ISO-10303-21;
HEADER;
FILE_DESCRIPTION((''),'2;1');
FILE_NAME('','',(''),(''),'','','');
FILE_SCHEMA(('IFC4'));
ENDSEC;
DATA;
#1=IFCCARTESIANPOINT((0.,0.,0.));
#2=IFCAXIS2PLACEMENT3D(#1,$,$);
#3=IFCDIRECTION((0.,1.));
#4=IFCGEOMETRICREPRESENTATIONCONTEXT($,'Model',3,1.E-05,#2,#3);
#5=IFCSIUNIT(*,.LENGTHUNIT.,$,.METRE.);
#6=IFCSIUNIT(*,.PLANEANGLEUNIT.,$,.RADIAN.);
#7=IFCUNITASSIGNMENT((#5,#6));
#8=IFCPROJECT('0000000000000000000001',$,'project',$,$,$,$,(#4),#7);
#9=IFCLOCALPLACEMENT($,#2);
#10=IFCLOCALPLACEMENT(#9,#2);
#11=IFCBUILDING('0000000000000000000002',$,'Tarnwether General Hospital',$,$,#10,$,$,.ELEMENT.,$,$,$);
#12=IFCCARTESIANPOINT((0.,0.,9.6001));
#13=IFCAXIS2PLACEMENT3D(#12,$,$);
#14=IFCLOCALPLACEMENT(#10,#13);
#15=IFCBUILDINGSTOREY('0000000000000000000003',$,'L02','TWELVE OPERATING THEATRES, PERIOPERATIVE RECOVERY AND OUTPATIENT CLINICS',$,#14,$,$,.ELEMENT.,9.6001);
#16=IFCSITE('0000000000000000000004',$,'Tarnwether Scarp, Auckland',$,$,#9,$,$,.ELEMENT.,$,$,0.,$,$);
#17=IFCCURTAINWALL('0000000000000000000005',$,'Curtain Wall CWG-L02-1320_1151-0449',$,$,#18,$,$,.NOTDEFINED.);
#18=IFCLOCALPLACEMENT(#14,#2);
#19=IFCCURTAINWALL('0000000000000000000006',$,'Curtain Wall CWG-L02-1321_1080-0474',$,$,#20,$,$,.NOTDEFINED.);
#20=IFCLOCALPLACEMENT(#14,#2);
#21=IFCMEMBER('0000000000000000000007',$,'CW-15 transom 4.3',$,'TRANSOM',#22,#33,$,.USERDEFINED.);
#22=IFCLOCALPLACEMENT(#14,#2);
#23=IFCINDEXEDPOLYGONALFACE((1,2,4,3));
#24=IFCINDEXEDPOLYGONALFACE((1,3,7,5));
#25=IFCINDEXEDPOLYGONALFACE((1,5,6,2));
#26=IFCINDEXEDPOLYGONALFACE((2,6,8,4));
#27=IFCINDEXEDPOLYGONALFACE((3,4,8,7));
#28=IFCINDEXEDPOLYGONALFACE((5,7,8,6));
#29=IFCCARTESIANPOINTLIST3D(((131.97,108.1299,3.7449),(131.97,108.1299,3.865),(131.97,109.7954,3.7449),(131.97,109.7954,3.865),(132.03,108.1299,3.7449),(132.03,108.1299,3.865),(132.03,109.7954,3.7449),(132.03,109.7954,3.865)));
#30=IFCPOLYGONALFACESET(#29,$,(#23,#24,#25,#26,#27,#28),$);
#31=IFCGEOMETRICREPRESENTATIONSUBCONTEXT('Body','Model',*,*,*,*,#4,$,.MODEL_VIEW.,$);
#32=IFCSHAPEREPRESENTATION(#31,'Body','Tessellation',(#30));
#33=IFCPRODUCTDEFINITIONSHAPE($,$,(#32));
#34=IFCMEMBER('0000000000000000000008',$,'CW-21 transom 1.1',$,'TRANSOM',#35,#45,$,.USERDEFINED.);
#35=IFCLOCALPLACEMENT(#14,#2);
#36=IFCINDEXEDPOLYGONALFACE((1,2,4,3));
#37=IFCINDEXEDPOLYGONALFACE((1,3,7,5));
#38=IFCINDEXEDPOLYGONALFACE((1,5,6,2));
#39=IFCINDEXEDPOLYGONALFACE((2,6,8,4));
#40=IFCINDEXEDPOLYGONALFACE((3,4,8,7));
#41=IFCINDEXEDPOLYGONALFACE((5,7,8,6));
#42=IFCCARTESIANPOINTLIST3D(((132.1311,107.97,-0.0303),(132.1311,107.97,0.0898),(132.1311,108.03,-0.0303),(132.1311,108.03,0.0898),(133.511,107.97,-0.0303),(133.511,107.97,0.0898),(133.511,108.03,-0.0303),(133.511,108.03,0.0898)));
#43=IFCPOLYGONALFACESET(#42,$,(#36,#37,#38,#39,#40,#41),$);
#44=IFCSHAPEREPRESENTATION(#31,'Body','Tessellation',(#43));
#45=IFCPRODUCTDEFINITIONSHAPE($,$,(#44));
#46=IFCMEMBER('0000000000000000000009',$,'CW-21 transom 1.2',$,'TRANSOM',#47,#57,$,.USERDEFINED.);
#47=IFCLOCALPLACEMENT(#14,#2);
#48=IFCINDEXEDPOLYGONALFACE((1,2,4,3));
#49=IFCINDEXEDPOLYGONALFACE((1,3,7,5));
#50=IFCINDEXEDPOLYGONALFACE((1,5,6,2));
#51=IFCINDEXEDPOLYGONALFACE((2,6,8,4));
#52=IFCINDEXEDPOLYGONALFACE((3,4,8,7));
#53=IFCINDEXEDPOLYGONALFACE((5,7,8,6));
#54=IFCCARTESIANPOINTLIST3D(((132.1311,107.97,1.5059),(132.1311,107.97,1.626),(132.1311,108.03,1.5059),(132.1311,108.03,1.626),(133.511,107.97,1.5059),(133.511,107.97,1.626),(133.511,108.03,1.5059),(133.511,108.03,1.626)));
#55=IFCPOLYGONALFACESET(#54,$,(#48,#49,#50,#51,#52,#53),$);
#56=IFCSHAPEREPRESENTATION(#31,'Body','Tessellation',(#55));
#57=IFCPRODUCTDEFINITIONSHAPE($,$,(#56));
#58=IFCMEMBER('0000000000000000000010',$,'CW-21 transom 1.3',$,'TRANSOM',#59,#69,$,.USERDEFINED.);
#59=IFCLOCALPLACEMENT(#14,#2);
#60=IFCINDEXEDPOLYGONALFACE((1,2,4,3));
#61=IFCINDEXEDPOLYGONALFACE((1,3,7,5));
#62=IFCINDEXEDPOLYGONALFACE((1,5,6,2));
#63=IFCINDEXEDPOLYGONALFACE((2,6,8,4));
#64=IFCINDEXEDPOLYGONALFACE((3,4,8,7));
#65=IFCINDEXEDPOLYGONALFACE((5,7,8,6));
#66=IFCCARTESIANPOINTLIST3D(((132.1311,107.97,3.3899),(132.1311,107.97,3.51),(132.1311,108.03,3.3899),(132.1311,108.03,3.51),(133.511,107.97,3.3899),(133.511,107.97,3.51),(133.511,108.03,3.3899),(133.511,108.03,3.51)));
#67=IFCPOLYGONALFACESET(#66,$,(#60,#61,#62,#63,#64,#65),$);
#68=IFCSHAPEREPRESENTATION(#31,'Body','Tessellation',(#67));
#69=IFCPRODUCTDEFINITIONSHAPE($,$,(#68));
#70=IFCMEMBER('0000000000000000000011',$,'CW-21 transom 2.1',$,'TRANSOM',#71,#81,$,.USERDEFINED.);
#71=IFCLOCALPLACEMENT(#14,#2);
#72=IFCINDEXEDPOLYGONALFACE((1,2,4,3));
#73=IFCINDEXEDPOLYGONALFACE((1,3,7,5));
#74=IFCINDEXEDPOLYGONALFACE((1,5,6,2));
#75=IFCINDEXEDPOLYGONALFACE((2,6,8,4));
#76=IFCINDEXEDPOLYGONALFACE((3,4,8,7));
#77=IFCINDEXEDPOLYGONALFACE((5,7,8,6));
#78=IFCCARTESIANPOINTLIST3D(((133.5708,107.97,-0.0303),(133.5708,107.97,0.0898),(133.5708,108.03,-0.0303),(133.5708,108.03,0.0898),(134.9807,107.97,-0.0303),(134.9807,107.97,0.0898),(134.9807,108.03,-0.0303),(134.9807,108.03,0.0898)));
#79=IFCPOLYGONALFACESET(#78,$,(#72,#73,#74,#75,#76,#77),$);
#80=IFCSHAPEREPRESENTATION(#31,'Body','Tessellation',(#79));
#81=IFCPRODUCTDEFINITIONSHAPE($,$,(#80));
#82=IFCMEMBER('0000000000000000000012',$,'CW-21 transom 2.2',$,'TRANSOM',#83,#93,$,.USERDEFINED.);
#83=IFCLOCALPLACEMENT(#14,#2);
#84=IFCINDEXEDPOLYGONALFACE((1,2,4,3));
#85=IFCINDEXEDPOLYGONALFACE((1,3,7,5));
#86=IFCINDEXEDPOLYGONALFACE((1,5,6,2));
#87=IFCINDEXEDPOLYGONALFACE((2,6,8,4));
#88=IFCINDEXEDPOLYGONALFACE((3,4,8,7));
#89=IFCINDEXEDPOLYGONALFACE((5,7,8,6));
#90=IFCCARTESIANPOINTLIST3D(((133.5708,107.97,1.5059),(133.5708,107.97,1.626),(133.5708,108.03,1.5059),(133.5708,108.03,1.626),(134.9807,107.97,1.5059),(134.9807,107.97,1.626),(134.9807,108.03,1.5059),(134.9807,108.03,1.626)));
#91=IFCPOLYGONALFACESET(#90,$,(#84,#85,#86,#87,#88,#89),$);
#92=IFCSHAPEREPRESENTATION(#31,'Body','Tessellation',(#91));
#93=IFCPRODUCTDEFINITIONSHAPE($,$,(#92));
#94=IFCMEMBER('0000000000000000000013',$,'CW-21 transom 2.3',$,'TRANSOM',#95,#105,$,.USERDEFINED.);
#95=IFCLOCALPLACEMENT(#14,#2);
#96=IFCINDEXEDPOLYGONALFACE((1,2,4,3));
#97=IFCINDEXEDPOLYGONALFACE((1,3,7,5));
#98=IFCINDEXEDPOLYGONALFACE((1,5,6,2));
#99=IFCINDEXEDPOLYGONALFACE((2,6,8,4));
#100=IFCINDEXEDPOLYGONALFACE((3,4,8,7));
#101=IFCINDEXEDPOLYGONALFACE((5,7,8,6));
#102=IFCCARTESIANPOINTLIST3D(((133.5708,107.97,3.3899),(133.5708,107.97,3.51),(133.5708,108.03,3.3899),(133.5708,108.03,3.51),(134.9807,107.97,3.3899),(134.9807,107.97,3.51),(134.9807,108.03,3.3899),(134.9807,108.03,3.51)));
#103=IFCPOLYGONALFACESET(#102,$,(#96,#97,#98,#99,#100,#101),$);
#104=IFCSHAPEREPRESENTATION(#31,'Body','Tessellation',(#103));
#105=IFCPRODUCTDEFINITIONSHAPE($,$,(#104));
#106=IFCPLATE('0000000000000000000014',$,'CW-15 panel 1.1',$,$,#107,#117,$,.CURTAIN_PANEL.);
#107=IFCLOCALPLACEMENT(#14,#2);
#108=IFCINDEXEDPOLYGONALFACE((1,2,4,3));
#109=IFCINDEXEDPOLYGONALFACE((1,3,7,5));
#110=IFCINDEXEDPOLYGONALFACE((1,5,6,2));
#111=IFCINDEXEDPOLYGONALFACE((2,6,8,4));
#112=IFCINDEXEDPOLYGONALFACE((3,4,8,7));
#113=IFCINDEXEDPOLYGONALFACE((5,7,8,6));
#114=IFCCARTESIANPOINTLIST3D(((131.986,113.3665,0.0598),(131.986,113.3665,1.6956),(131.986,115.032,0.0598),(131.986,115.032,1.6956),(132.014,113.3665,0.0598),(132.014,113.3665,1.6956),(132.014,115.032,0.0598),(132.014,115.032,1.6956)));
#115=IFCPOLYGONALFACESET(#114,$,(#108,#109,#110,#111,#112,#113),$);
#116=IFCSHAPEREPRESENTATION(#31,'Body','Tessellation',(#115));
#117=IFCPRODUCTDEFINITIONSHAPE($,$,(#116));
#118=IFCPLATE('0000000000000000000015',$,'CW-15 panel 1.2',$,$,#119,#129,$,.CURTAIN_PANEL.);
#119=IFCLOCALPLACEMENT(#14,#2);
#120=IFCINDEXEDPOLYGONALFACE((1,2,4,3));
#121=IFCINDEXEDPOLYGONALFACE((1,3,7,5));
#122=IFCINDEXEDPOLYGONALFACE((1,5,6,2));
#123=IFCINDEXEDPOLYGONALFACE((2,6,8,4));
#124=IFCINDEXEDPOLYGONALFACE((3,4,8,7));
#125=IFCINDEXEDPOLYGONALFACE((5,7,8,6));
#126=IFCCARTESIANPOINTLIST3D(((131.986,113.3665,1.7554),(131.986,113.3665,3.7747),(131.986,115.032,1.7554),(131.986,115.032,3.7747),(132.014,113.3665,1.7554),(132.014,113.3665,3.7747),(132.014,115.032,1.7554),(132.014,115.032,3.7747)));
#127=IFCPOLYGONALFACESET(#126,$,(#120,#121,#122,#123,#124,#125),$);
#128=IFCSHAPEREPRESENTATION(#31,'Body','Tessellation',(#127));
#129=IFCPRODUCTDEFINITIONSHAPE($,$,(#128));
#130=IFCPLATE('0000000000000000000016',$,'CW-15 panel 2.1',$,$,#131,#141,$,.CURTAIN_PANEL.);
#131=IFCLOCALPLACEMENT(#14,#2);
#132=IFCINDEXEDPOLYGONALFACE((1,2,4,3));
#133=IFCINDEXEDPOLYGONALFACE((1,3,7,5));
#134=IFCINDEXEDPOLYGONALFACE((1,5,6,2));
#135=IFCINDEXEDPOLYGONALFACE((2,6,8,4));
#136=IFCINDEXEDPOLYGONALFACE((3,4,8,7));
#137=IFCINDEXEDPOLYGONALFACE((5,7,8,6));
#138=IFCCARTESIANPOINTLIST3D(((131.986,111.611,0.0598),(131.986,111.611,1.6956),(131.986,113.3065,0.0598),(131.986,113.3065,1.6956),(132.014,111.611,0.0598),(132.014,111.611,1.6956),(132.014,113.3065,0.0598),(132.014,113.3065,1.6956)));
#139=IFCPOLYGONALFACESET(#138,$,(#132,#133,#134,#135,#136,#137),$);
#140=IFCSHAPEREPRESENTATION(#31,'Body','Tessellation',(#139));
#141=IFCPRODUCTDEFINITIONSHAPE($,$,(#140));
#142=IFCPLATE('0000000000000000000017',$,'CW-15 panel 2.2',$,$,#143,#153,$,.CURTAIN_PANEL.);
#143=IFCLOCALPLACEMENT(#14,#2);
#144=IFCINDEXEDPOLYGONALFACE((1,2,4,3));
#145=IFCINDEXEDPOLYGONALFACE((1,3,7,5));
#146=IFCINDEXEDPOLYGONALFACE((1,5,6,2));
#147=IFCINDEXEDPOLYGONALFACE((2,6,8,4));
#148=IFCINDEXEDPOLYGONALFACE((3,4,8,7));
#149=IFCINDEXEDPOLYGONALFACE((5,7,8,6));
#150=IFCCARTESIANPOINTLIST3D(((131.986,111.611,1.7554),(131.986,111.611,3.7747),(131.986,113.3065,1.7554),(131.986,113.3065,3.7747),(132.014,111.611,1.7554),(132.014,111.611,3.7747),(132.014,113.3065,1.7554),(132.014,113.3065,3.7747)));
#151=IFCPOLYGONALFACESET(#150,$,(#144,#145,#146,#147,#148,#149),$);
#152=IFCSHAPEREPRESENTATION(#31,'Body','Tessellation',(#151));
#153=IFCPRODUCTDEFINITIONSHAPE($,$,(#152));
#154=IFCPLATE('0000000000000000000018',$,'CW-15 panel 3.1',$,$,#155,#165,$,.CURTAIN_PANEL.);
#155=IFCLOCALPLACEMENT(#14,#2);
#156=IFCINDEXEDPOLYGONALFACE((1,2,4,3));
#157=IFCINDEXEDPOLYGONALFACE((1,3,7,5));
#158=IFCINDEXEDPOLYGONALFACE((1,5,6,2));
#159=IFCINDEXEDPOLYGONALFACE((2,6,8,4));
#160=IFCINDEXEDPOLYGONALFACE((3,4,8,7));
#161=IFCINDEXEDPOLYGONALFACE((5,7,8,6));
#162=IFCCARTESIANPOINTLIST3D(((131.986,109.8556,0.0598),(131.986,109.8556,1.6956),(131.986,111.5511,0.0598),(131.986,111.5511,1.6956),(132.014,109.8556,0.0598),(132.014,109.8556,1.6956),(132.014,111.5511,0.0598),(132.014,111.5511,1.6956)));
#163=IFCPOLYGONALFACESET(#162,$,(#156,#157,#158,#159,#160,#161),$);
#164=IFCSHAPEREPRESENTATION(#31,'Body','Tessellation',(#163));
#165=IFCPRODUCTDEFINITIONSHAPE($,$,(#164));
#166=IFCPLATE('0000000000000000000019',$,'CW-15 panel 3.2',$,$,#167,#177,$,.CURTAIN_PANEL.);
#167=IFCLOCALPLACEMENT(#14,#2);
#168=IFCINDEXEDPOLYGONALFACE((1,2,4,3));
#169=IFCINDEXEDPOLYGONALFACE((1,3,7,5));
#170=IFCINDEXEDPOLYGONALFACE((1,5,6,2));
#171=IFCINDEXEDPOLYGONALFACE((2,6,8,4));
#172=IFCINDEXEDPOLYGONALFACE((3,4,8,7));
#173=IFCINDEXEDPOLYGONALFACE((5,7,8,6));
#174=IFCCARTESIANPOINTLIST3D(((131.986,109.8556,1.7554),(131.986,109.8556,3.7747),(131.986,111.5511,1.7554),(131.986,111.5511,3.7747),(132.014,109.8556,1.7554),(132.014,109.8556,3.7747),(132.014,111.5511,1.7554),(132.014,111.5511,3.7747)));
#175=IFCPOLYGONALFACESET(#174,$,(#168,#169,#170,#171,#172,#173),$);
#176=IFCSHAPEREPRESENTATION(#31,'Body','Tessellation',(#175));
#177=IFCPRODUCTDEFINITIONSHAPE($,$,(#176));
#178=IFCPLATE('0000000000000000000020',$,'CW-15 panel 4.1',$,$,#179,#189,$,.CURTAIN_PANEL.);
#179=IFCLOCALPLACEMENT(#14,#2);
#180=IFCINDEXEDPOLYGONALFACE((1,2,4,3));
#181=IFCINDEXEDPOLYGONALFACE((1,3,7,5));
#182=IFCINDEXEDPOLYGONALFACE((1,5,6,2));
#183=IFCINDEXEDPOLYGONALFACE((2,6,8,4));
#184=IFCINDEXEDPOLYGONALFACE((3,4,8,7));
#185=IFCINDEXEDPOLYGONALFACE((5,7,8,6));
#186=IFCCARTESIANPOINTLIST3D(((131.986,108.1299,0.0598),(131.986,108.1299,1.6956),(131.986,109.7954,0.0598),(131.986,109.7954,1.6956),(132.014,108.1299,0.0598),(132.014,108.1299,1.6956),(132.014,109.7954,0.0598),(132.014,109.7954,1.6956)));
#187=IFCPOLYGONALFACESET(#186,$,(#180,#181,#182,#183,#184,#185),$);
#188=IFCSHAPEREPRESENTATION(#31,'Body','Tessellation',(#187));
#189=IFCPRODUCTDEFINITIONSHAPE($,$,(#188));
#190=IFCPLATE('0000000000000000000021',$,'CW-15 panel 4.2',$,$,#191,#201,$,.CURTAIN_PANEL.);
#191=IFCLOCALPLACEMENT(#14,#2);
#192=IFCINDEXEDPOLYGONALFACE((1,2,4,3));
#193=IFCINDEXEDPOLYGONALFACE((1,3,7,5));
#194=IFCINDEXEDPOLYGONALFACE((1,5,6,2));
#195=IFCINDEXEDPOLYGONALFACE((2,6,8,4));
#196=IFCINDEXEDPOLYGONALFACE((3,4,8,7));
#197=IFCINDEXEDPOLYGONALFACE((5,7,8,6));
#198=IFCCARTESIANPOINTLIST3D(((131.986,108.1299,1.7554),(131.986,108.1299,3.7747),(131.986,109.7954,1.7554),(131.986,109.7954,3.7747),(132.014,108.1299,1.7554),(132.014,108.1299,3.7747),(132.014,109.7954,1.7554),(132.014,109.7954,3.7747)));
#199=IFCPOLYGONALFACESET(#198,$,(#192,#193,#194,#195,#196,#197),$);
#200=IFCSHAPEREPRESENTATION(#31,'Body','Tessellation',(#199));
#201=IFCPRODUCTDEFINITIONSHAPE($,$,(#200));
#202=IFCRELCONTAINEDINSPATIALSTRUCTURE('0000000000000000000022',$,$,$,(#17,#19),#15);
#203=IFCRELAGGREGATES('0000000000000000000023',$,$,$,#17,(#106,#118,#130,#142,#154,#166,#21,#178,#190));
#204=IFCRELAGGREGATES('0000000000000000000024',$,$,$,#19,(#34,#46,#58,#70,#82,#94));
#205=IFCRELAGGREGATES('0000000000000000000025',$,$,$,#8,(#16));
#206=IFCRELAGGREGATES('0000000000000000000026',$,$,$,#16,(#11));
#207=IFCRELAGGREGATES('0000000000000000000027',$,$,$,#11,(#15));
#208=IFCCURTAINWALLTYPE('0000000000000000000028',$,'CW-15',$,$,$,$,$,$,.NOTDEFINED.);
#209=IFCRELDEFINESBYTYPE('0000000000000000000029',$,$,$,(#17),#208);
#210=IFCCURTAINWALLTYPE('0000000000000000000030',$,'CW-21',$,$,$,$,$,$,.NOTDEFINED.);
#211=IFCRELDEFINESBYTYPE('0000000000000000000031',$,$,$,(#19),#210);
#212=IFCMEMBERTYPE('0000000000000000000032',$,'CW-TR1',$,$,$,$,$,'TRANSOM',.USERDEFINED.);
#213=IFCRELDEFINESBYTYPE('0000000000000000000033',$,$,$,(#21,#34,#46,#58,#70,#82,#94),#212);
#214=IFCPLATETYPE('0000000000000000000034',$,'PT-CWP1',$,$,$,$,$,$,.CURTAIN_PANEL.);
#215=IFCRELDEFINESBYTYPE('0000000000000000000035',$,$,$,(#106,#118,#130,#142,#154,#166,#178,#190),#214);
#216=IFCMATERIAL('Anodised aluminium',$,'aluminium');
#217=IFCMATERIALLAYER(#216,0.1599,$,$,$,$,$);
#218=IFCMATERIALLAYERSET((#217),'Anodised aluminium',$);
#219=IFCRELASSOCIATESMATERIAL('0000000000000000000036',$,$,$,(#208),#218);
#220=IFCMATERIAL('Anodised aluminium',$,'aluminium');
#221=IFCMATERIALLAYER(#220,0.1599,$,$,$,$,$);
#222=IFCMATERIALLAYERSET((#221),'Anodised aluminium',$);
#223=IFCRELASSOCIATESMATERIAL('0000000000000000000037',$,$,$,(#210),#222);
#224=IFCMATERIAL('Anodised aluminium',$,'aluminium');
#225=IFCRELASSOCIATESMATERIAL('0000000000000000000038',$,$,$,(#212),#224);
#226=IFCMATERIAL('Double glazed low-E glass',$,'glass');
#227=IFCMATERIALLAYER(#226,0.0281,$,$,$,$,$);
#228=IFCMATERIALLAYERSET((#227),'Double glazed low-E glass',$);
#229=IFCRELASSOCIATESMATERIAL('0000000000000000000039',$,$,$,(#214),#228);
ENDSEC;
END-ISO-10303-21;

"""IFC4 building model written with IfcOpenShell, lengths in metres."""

from ifc_helpers import new_model, si_unit, direction, frame, origin, origin_2d, place, context, subcontext, project, spatial, rectangle, extrude, material, layer, layer_set, material_profile, profile_set, type_object, element, aggregate, save


model = new_model("IFC4")

# Units and contexts
model_context = context("Model", 3, precision=1e-05, world=origin(), true_north=direction((0.0, 1.0)))
body_context = subcontext(model_context, "Body", "Model", "MODEL_VIEW")
ifc_project = project(units=[si_unit("LENGTHUNIT", "METRE"), si_unit("PLANEANGLEUNIT", "RADIAN")], contexts=[model_context])

# Site, building, storey
site_placement = place(None, origin())
site = spatial("IfcSite", under=ifc_project, at=site_placement, Name="Tarnwether Scarp, Auckland", CompositionType="ELEMENT", RefElevation=0.0)
building_placement = place(site_placement, origin())
building = spatial("IfcBuilding", under=site, at=building_placement, Name="Tarnwether General Hospital", CompositionType="ELEMENT")
storey_placement = place(building_placement, frame((0.0, 0.0, 9.6001)))
storey = spatial("IfcBuildingStorey", under=building, at=storey_placement, Name="L02", Description="TWELVE OPERATING THEATRES, PERIOPERATIVE RECOVERY AND OUTPATIENT CLINICS", CompositionType="ELEMENT", Elevation=9.6001)

# Curtain walls
ifc_material_1 = material(Name="Anodised aluminium", Category="aluminium")
ifc_layer_1 = layer(ifc_material_1, 0.1599)
ifc_layer_set_1 = layer_set([ifc_layer_1], Name="Anodised aluminium")
curtain_wall_type_1 = type_object("IfcCurtainWallType", Name="CW-15", PredefinedType="NOTDEFINED", material=ifc_layer_set_1)
curtain_wall_1_placement = place(storey_placement, origin())
curtain_wall_1 = element("IfcCurtainWall", 1, at=curtain_wall_1_placement, inside=storey, type_object=curtain_wall_type_1, Name="Curtain Wall CWG-L02-1320_1151-0449", PredefinedType="NOTDEFINED")
ifc_material_2 = material(Name="Anodised aluminium", Category="aluminium")
ifc_layer_2 = layer(ifc_material_2, 0.1599)
ifc_layer_set_2 = layer_set([ifc_layer_2], Name="Anodised aluminium")
curtain_wall_type_2 = type_object("IfcCurtainWallType", Name="CW-21", PredefinedType="NOTDEFINED", material=ifc_layer_set_2)
curtain_wall_2_placement = place(storey_placement, origin())
curtain_wall_2 = element("IfcCurtainWall", 2, at=curtain_wall_2_placement, inside=storey, type_object=curtain_wall_type_2, Name="Curtain Wall CWG-L02-1321_1080-0474", PredefinedType="NOTDEFINED")

# Members
ifc_material_3 = material(Name="Anodised aluminium", Category="aluminium")
ifc_material_profile_1 = material_profile(ifc_material_3, rectangle(XDim=0.0601, YDim=0.1201, at=origin_2d()), Name="ALU-TRN-60x120")
ifc_profile_set_1 = profile_set([ifc_material_profile_1], Name="Anodised aluminium")
member_type_1 = type_object("IfcMemberType", Name="CW-TR1", ElementType="TRANSOM", PredefinedType="USERDEFINED", material=ifc_profile_set_1)
member_1_placement = place(storey_placement, frame((132.0, 109.7954, 3.8049), z_axis=(0.0, -1.0, 0.0), x_axis=(1.0, 0.0, 0.0)))
member_1 = element("IfcMember", 3, at=member_1_placement, type_object=member_type_1, Name="CW-15 transom 4.3", ObjectType="TRANSOM", PredefinedType="USERDEFINED", context=body_context, shape_type="SweptSolid", body=[
    extrude(rectangle(XDim=0.0601, YDim=0.1201, at=origin_2d()), origin(), (0.0, 0.0, 1.0), 1.6655),
])
member_2_placement = place(storey_placement, frame((132.1311, 108.0, 0.0298), z_axis=(1.0, 0.0, 0.0), x_axis=(0.0, 1.0, 0.0)))
member_2 = element("IfcMember", 4, at=member_2_placement, type_object=member_type_1, Name="CW-21 transom 1.1", ObjectType="TRANSOM", PredefinedType="USERDEFINED", context=body_context, shape_type="SweptSolid", body=[
    extrude(rectangle(XDim=0.0601, YDim=0.1201, at=origin_2d()), origin(), (0.0, 0.0, 1.0), 1.3799),
])
member_3_placement = place(storey_placement, frame((132.1311, 108.0, 1.5659), z_axis=(1.0, 0.0, 0.0), x_axis=(0.0, 1.0, 0.0)))
member_3 = element("IfcMember", 5, at=member_3_placement, type_object=member_type_1, Name="CW-21 transom 1.2", ObjectType="TRANSOM", PredefinedType="USERDEFINED", context=body_context, shape_type="SweptSolid", body=[
    extrude(rectangle(XDim=0.0601, YDim=0.1201, at=origin_2d()), origin(), (0.0, 0.0, 1.0), 1.3799),
])
member_4_placement = place(storey_placement, frame((132.1311, 108.0, 3.45), z_axis=(1.0, 0.0, 0.0), x_axis=(0.0, 1.0, 0.0)))
member_4 = element("IfcMember", 6, at=member_4_placement, type_object=member_type_1, Name="CW-21 transom 1.3", ObjectType="TRANSOM", PredefinedType="USERDEFINED", context=body_context, shape_type="SweptSolid", body=[
    extrude(rectangle(XDim=0.0601, YDim=0.1201, at=origin_2d()), origin(), (0.0, 0.0, 1.0), 1.3799),
])
member_5_placement = place(storey_placement, frame((133.5708, 108.0, 0.0298), z_axis=(1.0, 0.0, 0.0), x_axis=(0.0, 1.0, 0.0)))
member_5 = element("IfcMember", 7, at=member_5_placement, type_object=member_type_1, Name="CW-21 transom 2.1", ObjectType="TRANSOM", PredefinedType="USERDEFINED", context=body_context, shape_type="SweptSolid", body=[
    extrude(rectangle(XDim=0.0601, YDim=0.1201, at=origin_2d()), origin(), (0.0, 0.0, 1.0), 1.4099),
])
member_6_placement = place(storey_placement, frame((133.5708, 108.0, 1.5659), z_axis=(1.0, 0.0, 0.0), x_axis=(0.0, 1.0, 0.0)))
member_6 = element("IfcMember", 8, at=member_6_placement, type_object=member_type_1, Name="CW-21 transom 2.2", ObjectType="TRANSOM", PredefinedType="USERDEFINED", context=body_context, shape_type="SweptSolid", body=[
    extrude(rectangle(XDim=0.0601, YDim=0.1201, at=origin_2d()), origin(), (0.0, 0.0, 1.0), 1.4099),
])
member_7_placement = place(storey_placement, frame((133.5708, 108.0, 3.45), z_axis=(1.0, 0.0, 0.0), x_axis=(0.0, 1.0, 0.0)))
member_7 = element("IfcMember", 9, at=member_7_placement, type_object=member_type_1, Name="CW-21 transom 2.3", ObjectType="TRANSOM", PredefinedType="USERDEFINED", context=body_context, shape_type="SweptSolid", body=[
    extrude(rectangle(XDim=0.0601, YDim=0.1201, at=origin_2d()), origin(), (0.0, 0.0, 1.0), 1.4099),
])

# Plates
ifc_material_4 = material(Name="Double glazed low-E glass", Category="glass")
ifc_layer_3 = layer(ifc_material_4, 0.0281)
ifc_layer_set_3 = layer_set([ifc_layer_3], Name="Double glazed low-E glass")
plate_type = type_object("IfcPlateType", Name="PT-CWP1", PredefinedType="CURTAIN_PANEL", material=ifc_layer_set_3)
plate_1_placement = place(storey_placement, frame((132.0, 114.1992, 0.0598), z_axis=(0.0, 0.0, 1.0), x_axis=(0.0, -1.0, 0.0)))
plate_1 = element("IfcPlate", 10, at=plate_1_placement, type_object=plate_type, Name="CW-15 panel 1.1", PredefinedType="CURTAIN_PANEL", context=body_context, shape_type="SweptSolid", body=[
    extrude(rectangle(XDim=1.6655, YDim=0.0281, at=origin_2d()), origin(), (0.0, 0.0, 1.0), 1.6357),
])
plate_2_placement = place(storey_placement, frame((132.0, 114.1992, 1.7554), z_axis=(0.0, 0.0, 1.0), x_axis=(0.0, -1.0, 0.0)))
plate_2 = element("IfcPlate", 11, at=plate_2_placement, type_object=plate_type, Name="CW-15 panel 1.2", PredefinedType="CURTAIN_PANEL", context=body_context, shape_type="SweptSolid", body=[
    extrude(rectangle(XDim=1.6655, YDim=0.0281, at=origin_2d()), origin(), (0.0, 0.0, 1.0), 2.0193),
])
plate_3_placement = place(storey_placement, frame((132.0, 112.4587, 0.0598), z_axis=(0.0, 0.0, 1.0), x_axis=(0.0, -1.0, 0.0)))
plate_3 = element("IfcPlate", 12, at=plate_3_placement, type_object=plate_type, Name="CW-15 panel 2.1", PredefinedType="CURTAIN_PANEL", context=body_context, shape_type="SweptSolid", body=[
    extrude(rectangle(XDim=1.6956, YDim=0.0281, at=origin_2d()), origin(), (0.0, 0.0, 1.0), 1.6357),
])
plate_4_placement = place(storey_placement, frame((132.0, 112.4587, 1.7554), z_axis=(0.0, 0.0, 1.0), x_axis=(0.0, -1.0, 0.0)))
plate_4 = element("IfcPlate", 13, at=plate_4_placement, type_object=plate_type, Name="CW-15 panel 2.2", PredefinedType="CURTAIN_PANEL", context=body_context, shape_type="SweptSolid", body=[
    extrude(rectangle(XDim=1.6956, YDim=0.0281, at=origin_2d()), origin(), (0.0, 0.0, 1.0), 2.0193),
])
plate_5_placement = place(storey_placement, frame((132.0, 110.7034, 0.0598), z_axis=(0.0, 0.0, 1.0), x_axis=(0.0, -1.0, 0.0)))
plate_5 = element("IfcPlate", 14, at=plate_5_placement, type_object=plate_type, Name="CW-15 panel 3.1", PredefinedType="CURTAIN_PANEL", context=body_context, shape_type="SweptSolid", body=[
    extrude(rectangle(XDim=1.6956, YDim=0.0281, at=origin_2d()), origin(), (0.0, 0.0, 1.0), 1.6357),
])
plate_6_placement = place(storey_placement, frame((132.0, 110.7034, 1.7554), z_axis=(0.0, 0.0, 1.0), x_axis=(0.0, -1.0, 0.0)))
plate_6 = element("IfcPlate", 15, at=plate_6_placement, type_object=plate_type, Name="CW-15 panel 3.2", PredefinedType="CURTAIN_PANEL", context=body_context, shape_type="SweptSolid", body=[
    extrude(rectangle(XDim=1.6956, YDim=0.0281, at=origin_2d()), origin(), (0.0, 0.0, 1.0), 2.0193),
])
plate_7_placement = place(storey_placement, frame((132.0, 108.9626, 0.0598), z_axis=(0.0, 0.0, 1.0), x_axis=(0.0, -1.0, 0.0)))
plate_7 = element("IfcPlate", 16, at=plate_7_placement, type_object=plate_type, Name="CW-15 panel 4.1", PredefinedType="CURTAIN_PANEL", context=body_context, shape_type="SweptSolid", body=[
    extrude(rectangle(XDim=1.6655, YDim=0.0281, at=origin_2d()), origin(), (0.0, 0.0, 1.0), 1.6357),
])
plate_8_placement = place(storey_placement, frame((132.0, 108.9626, 1.7554), z_axis=(0.0, 0.0, 1.0), x_axis=(0.0, -1.0, 0.0)))
plate_8 = element("IfcPlate", 17, at=plate_8_placement, type_object=plate_type, Name="CW-15 panel 4.2", PredefinedType="CURTAIN_PANEL", context=body_context, shape_type="SweptSolid", body=[
    extrude(rectangle(XDim=1.6655, YDim=0.0281, at=origin_2d()), origin(), (0.0, 0.0, 1.0), 2.0193),
])
aggregate(curtain_wall_1, [plate_1, plate_2, plate_3, plate_4, plate_5, plate_6, member_1, plate_7, plate_8])
aggregate(curtain_wall_2, [member_2, member_3, member_4, member_5, member_6, member_7])

save(model, "model.ifc")
